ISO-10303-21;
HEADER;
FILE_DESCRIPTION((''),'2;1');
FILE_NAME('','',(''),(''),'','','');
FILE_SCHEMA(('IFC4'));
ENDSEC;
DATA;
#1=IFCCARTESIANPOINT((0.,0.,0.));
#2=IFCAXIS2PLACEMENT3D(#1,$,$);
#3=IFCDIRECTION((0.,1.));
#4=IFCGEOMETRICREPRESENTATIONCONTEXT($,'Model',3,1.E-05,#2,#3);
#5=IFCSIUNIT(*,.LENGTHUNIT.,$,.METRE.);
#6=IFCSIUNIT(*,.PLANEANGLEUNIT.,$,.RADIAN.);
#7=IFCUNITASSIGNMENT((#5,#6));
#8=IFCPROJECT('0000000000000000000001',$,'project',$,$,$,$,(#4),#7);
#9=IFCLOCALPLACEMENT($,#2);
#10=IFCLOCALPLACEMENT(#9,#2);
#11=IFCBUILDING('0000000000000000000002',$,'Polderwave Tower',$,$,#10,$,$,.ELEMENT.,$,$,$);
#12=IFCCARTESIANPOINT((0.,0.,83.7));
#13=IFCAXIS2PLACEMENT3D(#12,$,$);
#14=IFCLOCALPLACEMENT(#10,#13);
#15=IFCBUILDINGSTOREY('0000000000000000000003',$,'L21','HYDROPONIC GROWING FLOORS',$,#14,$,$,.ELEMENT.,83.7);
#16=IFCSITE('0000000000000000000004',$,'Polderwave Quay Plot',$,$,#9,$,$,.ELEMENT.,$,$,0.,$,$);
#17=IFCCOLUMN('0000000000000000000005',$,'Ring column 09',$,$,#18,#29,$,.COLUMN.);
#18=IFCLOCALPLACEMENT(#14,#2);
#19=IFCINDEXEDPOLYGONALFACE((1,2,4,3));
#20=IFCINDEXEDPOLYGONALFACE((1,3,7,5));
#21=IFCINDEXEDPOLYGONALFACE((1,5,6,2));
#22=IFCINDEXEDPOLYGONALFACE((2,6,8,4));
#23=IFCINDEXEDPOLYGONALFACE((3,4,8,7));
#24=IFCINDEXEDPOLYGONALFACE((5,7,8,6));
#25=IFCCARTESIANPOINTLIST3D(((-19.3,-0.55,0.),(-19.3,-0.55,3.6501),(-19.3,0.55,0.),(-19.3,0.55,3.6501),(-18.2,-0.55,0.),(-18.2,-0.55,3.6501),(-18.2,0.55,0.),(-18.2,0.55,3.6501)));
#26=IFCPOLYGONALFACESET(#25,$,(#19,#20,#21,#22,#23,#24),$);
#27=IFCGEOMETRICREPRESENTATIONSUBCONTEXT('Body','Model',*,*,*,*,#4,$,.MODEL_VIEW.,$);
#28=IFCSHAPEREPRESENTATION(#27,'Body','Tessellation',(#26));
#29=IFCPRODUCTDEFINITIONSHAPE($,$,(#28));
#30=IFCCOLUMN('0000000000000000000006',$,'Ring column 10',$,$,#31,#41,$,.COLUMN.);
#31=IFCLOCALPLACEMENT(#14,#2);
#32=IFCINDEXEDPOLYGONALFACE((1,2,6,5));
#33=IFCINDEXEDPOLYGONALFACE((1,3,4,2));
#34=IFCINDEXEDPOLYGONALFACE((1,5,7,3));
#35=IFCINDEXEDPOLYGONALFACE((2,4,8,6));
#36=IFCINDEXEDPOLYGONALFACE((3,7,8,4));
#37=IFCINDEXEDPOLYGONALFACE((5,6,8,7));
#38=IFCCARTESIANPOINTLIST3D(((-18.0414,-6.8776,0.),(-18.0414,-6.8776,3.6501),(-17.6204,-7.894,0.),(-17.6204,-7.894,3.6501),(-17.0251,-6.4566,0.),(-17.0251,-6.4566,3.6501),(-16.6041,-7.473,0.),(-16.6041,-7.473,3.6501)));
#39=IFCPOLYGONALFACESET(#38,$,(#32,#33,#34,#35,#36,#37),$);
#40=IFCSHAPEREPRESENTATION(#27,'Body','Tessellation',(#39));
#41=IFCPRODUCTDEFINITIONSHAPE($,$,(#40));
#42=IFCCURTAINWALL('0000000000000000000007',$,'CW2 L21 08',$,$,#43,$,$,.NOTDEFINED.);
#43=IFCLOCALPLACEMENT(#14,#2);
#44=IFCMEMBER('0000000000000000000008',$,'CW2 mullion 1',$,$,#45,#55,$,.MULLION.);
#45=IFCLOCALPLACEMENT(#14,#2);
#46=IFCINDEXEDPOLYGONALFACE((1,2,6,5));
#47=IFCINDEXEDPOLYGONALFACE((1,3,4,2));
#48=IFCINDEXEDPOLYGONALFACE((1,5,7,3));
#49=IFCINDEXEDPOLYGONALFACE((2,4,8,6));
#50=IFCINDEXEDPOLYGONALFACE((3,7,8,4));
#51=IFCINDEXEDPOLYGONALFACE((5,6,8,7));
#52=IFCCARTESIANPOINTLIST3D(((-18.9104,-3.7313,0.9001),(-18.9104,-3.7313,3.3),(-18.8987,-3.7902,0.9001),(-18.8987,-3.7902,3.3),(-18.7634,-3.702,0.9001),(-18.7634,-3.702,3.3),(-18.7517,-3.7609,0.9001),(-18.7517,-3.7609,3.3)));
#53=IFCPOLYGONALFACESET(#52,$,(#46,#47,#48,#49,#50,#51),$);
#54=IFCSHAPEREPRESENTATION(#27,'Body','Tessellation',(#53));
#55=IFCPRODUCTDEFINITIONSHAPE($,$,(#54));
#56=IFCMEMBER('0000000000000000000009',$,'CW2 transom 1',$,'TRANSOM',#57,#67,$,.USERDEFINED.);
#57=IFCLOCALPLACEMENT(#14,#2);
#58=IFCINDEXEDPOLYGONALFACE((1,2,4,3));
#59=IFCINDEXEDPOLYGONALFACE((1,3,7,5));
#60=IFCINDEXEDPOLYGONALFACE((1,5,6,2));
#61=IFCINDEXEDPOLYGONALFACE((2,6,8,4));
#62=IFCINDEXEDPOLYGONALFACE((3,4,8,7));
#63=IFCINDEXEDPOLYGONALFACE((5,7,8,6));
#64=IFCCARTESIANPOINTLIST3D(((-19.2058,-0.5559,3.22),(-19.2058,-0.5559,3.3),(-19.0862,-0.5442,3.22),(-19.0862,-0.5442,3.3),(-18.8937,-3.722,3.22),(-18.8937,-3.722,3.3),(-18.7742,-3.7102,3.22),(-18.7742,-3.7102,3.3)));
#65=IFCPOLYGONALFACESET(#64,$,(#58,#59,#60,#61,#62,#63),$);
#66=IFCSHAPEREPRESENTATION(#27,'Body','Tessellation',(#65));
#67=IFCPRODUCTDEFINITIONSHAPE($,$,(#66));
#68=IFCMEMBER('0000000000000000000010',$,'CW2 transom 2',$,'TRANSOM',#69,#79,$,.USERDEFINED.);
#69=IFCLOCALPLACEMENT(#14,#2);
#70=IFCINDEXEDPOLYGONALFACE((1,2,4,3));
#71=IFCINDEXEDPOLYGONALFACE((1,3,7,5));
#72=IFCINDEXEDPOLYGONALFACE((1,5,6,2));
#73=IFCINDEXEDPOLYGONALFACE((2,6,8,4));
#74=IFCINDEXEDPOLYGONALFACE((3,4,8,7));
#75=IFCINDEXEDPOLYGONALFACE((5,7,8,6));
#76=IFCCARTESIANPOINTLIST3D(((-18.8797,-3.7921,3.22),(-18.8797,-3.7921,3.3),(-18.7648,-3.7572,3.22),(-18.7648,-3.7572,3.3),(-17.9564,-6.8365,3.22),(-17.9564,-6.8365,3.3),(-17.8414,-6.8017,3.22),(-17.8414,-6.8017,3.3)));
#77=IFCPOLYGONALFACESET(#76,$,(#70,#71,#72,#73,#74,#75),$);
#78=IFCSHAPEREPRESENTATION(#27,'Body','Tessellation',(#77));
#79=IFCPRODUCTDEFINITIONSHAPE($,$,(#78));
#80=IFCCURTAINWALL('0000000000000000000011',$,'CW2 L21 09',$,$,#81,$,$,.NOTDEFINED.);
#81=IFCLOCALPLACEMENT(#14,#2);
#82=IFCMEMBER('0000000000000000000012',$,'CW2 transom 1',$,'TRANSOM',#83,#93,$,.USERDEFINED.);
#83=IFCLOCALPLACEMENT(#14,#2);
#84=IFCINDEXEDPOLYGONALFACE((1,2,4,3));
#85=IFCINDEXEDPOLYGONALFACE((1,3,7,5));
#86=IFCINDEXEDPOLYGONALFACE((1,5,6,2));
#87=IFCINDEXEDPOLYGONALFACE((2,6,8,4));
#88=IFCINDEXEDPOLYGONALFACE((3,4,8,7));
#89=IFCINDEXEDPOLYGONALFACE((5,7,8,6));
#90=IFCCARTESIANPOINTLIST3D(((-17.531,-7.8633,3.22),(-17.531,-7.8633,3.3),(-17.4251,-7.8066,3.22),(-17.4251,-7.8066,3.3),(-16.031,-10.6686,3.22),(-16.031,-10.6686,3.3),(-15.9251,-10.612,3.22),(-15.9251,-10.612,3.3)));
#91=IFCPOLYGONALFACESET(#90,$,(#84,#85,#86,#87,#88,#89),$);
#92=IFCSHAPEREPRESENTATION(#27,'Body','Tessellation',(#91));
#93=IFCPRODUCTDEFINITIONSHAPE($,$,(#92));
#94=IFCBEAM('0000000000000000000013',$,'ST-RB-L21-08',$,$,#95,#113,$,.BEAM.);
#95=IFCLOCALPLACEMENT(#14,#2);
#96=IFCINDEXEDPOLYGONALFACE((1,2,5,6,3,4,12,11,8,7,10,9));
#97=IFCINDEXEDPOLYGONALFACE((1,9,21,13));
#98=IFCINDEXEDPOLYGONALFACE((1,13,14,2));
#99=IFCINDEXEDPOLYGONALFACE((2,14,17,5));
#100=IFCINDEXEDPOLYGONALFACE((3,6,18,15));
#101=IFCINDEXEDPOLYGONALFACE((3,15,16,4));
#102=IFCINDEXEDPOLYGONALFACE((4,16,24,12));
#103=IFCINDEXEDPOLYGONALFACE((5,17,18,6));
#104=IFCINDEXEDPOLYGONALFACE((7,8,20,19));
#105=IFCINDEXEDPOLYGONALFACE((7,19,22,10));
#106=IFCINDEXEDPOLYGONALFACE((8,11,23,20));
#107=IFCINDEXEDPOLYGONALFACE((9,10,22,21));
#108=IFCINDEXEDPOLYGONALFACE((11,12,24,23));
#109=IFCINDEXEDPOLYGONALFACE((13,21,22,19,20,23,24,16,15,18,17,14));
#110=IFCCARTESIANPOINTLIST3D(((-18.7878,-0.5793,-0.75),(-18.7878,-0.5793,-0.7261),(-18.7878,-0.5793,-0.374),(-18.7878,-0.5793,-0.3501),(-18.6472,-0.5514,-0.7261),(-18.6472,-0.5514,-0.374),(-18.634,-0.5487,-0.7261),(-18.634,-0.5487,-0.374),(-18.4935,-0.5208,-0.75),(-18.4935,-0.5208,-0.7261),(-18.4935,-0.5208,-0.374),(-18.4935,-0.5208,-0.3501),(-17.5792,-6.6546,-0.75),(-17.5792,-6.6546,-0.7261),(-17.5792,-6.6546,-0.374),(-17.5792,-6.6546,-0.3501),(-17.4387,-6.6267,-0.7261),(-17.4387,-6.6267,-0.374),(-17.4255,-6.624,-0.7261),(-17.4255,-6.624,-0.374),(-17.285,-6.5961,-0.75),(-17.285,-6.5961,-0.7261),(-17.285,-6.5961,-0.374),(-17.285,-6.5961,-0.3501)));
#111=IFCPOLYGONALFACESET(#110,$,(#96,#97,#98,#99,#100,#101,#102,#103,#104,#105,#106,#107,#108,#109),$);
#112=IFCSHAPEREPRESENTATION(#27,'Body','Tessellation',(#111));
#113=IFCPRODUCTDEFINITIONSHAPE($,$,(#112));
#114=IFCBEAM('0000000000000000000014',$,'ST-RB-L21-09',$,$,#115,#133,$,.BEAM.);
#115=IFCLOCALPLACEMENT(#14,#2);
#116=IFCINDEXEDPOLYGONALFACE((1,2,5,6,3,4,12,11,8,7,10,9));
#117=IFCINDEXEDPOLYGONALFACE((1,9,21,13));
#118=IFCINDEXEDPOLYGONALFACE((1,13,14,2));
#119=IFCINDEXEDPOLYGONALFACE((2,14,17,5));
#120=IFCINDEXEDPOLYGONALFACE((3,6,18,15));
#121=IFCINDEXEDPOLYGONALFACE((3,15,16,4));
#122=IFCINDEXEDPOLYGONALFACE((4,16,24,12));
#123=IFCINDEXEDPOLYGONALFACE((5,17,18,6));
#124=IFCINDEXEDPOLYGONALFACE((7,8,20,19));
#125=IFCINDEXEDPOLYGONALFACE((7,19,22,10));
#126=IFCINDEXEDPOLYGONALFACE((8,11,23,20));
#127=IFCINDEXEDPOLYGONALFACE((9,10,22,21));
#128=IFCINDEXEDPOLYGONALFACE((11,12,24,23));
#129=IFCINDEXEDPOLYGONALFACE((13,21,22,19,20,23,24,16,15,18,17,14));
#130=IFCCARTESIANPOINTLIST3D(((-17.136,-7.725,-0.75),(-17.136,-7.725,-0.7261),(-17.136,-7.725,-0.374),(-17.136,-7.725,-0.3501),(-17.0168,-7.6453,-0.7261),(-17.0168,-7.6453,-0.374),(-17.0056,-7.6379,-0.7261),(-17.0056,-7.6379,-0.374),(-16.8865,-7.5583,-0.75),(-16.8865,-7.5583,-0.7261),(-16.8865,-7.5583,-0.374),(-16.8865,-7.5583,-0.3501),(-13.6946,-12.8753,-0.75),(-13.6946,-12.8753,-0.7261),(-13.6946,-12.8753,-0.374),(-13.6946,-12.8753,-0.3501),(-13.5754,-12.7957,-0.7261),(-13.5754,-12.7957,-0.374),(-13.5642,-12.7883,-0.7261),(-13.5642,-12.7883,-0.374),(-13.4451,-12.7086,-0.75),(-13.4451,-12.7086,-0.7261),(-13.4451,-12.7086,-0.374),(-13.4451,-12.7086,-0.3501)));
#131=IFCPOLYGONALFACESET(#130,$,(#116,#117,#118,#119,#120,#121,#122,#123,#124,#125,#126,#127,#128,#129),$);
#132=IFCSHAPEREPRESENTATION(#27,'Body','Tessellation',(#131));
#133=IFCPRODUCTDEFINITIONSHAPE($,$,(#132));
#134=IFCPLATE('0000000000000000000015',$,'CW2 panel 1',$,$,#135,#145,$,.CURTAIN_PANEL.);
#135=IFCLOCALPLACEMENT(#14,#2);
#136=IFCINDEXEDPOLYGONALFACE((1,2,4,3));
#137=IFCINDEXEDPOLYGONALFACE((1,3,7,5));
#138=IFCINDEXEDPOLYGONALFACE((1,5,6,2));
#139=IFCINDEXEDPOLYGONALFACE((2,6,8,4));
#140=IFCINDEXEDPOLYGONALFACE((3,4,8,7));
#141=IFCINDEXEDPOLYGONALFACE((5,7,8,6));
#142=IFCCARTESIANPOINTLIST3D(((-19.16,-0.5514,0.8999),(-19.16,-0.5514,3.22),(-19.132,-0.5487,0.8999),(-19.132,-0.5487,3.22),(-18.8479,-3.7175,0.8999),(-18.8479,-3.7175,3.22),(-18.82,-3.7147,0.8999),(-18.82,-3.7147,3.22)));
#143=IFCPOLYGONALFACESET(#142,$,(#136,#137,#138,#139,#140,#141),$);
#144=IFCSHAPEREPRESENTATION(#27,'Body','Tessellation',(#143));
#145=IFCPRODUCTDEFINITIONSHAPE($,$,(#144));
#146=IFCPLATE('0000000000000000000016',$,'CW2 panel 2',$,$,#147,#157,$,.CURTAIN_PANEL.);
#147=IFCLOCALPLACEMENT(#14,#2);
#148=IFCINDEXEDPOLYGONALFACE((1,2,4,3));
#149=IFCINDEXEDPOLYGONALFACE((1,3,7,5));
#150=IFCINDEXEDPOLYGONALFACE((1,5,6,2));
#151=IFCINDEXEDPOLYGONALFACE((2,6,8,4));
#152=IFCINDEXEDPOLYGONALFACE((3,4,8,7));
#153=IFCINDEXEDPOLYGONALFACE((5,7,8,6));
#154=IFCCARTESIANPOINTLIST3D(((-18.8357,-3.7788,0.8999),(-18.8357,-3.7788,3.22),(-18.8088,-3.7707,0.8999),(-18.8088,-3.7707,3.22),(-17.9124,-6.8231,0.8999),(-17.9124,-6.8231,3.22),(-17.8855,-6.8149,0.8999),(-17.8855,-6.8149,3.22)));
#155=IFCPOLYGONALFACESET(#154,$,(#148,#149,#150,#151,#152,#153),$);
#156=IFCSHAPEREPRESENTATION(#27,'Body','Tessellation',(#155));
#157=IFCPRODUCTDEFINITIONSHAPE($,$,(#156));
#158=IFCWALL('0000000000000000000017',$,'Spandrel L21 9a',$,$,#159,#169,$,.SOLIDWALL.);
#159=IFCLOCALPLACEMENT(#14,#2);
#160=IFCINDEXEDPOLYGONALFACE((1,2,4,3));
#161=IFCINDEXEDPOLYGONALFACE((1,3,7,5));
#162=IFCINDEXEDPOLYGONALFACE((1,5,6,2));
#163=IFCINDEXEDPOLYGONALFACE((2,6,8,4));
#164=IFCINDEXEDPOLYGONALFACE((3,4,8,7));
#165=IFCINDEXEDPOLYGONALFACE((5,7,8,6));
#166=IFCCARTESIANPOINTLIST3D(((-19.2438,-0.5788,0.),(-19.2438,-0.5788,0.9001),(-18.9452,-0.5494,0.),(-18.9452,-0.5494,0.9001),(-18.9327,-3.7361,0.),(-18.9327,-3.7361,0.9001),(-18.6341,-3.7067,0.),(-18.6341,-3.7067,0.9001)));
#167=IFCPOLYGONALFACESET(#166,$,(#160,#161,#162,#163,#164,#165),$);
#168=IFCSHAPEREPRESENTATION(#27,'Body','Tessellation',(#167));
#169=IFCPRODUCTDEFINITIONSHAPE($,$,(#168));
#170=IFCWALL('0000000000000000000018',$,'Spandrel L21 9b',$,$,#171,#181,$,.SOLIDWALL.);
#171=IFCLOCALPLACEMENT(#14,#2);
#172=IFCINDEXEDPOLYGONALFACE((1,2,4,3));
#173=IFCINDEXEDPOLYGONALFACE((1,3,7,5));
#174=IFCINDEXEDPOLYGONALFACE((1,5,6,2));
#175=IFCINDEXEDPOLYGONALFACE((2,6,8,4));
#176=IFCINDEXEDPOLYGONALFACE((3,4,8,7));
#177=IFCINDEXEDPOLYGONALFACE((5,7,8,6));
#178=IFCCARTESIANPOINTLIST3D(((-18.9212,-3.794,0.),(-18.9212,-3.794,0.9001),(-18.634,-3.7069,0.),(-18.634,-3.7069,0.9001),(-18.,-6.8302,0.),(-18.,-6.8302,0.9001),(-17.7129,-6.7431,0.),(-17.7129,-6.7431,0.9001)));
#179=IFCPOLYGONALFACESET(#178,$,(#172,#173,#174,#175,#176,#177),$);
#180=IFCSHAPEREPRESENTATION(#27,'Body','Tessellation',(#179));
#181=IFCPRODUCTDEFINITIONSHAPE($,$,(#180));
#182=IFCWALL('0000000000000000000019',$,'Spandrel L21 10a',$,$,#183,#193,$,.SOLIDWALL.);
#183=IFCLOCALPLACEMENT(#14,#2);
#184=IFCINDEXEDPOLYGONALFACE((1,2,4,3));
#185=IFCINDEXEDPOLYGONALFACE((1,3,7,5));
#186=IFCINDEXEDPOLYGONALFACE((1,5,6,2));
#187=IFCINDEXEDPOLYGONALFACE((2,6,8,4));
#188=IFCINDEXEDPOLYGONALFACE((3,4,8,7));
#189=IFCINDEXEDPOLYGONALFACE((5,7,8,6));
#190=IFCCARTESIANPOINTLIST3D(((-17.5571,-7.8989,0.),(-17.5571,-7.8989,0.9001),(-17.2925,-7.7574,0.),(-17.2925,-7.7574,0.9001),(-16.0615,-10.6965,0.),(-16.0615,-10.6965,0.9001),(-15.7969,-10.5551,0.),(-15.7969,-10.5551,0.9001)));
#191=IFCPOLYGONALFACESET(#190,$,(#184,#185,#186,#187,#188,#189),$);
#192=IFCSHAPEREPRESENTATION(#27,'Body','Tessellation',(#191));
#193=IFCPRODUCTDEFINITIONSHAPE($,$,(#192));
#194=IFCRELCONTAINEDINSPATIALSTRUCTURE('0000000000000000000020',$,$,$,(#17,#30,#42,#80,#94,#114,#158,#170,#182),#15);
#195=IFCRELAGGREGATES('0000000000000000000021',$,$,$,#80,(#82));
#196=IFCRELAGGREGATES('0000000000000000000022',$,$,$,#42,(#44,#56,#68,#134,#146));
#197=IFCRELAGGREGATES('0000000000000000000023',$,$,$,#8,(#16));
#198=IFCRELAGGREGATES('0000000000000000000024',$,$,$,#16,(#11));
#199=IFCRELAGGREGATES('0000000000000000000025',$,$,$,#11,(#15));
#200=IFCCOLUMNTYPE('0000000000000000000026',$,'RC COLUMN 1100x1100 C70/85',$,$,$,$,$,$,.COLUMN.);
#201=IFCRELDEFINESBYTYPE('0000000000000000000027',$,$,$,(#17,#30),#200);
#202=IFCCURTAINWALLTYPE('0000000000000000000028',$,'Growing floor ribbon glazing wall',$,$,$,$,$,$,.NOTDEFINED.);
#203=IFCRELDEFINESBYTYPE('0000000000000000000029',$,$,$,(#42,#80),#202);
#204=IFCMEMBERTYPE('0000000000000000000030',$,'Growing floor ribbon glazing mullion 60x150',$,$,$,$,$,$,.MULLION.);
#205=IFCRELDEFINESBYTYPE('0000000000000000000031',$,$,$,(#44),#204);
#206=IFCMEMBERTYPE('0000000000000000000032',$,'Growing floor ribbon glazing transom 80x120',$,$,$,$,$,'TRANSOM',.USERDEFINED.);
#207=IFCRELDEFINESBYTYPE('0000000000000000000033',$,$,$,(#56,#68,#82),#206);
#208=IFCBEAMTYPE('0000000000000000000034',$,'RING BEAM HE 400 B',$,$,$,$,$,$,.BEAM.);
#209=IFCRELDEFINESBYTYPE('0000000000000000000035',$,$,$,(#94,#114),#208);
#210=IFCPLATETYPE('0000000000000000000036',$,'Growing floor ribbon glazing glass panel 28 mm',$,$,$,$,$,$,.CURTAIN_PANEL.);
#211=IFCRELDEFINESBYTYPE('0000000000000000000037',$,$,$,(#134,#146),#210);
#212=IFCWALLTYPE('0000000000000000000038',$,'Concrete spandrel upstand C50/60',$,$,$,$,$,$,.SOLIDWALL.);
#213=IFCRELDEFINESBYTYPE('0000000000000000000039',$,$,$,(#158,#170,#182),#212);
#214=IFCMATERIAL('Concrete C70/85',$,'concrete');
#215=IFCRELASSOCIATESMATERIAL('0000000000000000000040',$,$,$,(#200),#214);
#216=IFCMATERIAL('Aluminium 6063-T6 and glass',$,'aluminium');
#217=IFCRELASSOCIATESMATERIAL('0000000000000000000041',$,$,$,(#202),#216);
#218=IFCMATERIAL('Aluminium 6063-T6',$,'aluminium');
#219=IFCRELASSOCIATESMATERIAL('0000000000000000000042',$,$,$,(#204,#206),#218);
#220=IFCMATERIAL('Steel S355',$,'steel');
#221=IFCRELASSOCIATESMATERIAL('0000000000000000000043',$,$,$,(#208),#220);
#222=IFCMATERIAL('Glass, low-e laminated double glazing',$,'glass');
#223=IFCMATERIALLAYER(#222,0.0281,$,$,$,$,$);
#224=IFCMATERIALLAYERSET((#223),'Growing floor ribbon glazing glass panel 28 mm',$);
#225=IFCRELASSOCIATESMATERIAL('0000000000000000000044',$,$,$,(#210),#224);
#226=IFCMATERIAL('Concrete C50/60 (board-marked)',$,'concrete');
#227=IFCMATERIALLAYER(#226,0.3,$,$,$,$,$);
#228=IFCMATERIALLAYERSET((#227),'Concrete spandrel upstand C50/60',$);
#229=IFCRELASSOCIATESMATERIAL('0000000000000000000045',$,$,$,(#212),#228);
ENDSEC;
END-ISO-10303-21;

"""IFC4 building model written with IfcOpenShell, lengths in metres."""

from ifc_helpers import new_model, si_unit, direction, frame, frame_2d, origin, origin_2d, place, context, subcontext, project, spatial, rectangle, i_section, extrude, material, layer, layer_set, material_profile, profile_set, type_object, element, aggregate, save


model = new_model("IFC4")

# Units and contexts
model_context = context("Model", 3, precision=1e-05, world=origin(), true_north=direction((0.0, 1.0)))
body_context = subcontext(model_context, "Body", "Model", "MODEL_VIEW")
ifc_project = project(units=[si_unit("LENGTHUNIT", "METRE"), si_unit("PLANEANGLEUNIT", "RADIAN")], contexts=[model_context])

# Site, building, storey
site_placement = place(None, origin())
site = spatial("IfcSite", under=ifc_project, at=site_placement, Name="Polderwave Quay Plot", CompositionType="ELEMENT", RefElevation=0.0)
building_placement = place(site_placement, origin())
building = spatial("IfcBuilding", under=site, at=building_placement, Name="Polderwave Tower", CompositionType="ELEMENT")
storey_placement = place(building_placement, frame((0.0, 0.0, 83.7)))
storey = spatial("IfcBuildingStorey", under=building, at=storey_placement, Name="L21", Description="HYDROPONIC GROWING FLOORS", CompositionType="ELEMENT", Elevation=83.7)

# Columns
ifc_material_1 = material(Name="Concrete C70/85", Category="concrete")
ifc_material_profile_1 = material_profile(ifc_material_1, rectangle(XDim=1.1001, YDim=1.1001, at=origin_2d()), Name="RC 1100x1100")
ifc_profile_set_1 = profile_set([ifc_material_profile_1], Name="Concrete C70/85")
column_type = type_object("IfcColumnType", Name="RC COLUMN 1100x1100 C70/85", PredefinedType="COLUMN", material=ifc_profile_set_1)
for number, where, z_axis, x_axis, name in (
    (1, (-18.75, 0.0, 0.0), (0.0, 0.0, 1.0), (-1.0, 0.0, 0.0), "Ring column 09"),
    (2, (-17.3228, -7.1753, 0.0), (0.0, 0.0, 1.0), (-0.92388, -0.382683, 0.0), "Ring column 10"),
):
    element("IfcColumn", number, at=place(storey_placement, frame(where, z_axis=z_axis, x_axis=x_axis)), inside=storey, type_object=column_type, Name=name, PredefinedType="COLUMN", context=body_context, shape_type="SweptSolid", body=[
        extrude(rectangle(XDim=1.1001, YDim=1.1001, at=origin_2d()), origin(), (0.0, 0.0, 1.0), 3.6501),
    ])

# Curtain wall, members
ifc_material_2 = material(Name="Aluminium 6063-T6 and glass", Category="aluminium")
curtain_wall_type = type_object("IfcCurtainWallType", Name="Growing floor ribbon glazing wall", PredefinedType="NOTDEFINED", material=ifc_material_2)
curtain_wall_1_placement = place(storey_placement, origin())
curtain_wall_1 = element("IfcCurtainWall", 3, at=curtain_wall_1_placement, inside=storey, type_object=curtain_wall_type, Name="CW2 L21 08", PredefinedType="NOTDEFINED")
ifc_material_3 = material(Name="Aluminium 6063-T6", Category="aluminium")
ifc_material_profile_2 = material_profile(ifc_material_3, rectangle(XDim=0.1499, YDim=0.0601, at=origin_2d()), Name="AL 60x150")
ifc_profile_set_2 = profile_set([ifc_material_profile_2], Name="Aluminium 6063-T6")
member_type_1 = type_object("IfcMemberType", Name="Growing floor ribbon glazing mullion 60x150", PredefinedType="MULLION", material=ifc_profile_set_2)
member_1_placement = place(storey_placement, frame((-18.8311, -3.7461, 0.9001), z_axis=(0.0, 0.0, 1.0), x_axis=(0.980784, 0.195097, 0.0)))
member_1 = element("IfcMember", 4, at=member_1_placement, type_object=member_type_1, Name="CW2 mullion 1", PredefinedType="MULLION", context=body_context, shape_type="SweptSolid", body=[
    extrude(rectangle(XDim=0.1499, YDim=0.0601, at=origin_2d()), origin(), (0.0, 0.0, 1.0), 2.3999),
])
ifc_material_profile_3 = material_profile(ifc_material_3, rectangle(XDim=0.1201, YDim=0.0801, at=origin_2d()), Name="AL 80x120")
ifc_profile_set_3 = profile_set([ifc_material_profile_3], Name="Aluminium 6063-T6")
member_type_2 = type_object("IfcMemberType", Name="Growing floor ribbon glazing transom 80x120", ElementType="TRANSOM", PredefinedType="USERDEFINED", material=ifc_profile_set_3)
member_2_placement = place(storey_placement, frame((-19.146, -0.55, 3.26), z_axis=(0.098075, -0.995179, 0.0), x_axis=(0.995179, 0.098075, 0.0)))
member_2 = element("IfcMember", 5, at=member_2_placement, type_object=member_type_2, Name="CW2 transom 1", ObjectType="TRANSOM", PredefinedType="USERDEFINED", context=body_context, shape_type="SweptSolid", body=[
    extrude(rectangle(XDim=0.1201, YDim=0.0801, at=origin_2d()), origin(), (0.0, 0.0, 1.0), 3.1814),
])
member_3_placement = place(storey_placement, frame((-18.8223, -3.7747, 3.26), z_axis=(0.290233, -0.956956, 0.0), x_axis=(0.956956, 0.290233, 0.0)))
member_3 = element("IfcMember", 6, at=member_3_placement, type_object=member_type_2, Name="CW2 transom 2", ObjectType="TRANSOM", PredefinedType="USERDEFINED", context=body_context, shape_type="SweptSolid", body=[
    extrude(rectangle(XDim=0.1201, YDim=0.0801, at=origin_2d()), origin(), (0.0, 0.0, 1.0), 3.1814),
])

# Curtain wall, member
curtain_wall_2_placement = place(storey_placement, origin())
curtain_wall_2 = element("IfcCurtainWall", 7, at=curtain_wall_2_placement, inside=storey, type_object=curtain_wall_type, Name="CW2 L21 09", PredefinedType="NOTDEFINED")
member_4_placement = place(storey_placement, frame((-17.478, -7.835, 3.26), z_axis=(0.471512, -0.88186, 0.0), x_axis=(0.88186, 0.471512, 0.0)))
member_4 = element("IfcMember", 8, at=member_4_placement, type_object=member_type_2, Name="CW2 transom 1", ObjectType="TRANSOM", PredefinedType="USERDEFINED", context=body_context, shape_type="SweptSolid", body=[
    extrude(rectangle(XDim=0.1201, YDim=0.0801, at=origin_2d()), origin(), (0.0, 0.0, 1.0), 3.1812),
])
aggregate(curtain_wall_2, [member_4])

# Beams
ifc_material_4 = material(Name="Steel S355", Category="steel")
ifc_material_profile_4 = material_profile(ifc_material_4, i_section(OverallWidth=0.3, OverallDepth=0.3999, WebThickness=0.0134, FlangeThickness=0.0239, at=origin_2d()), Name="HE 400 B")
ifc_profile_set_4 = profile_set([ifc_material_profile_4], Name="Steel S355")
beam_type = type_object("IfcBeamType", Name="RING BEAM HE 400 B", PredefinedType="BEAM", material=ifc_profile_set_4)
for number, where, z_axis, x_axis, name in (
    (9, (-18.6406, -0.55, -0.55), (0.1951, -0.980783, 0.0), (0.980783, 0.1951, 0.0), "ST-RB-L21-08"),
    (10, (-17.0112, -7.6416, -0.55), (0.555573, -0.831468, 0.0), (0.831468, 0.555573, 0.0), "ST-RB-L21-09"),
):
    element("IfcBeam", number, at=place(storey_placement, frame(where, z_axis=z_axis, x_axis=x_axis)), inside=storey, type_object=beam_type, Name=name, PredefinedType="BEAM", context=body_context, shape_type="SweptSolid", body=[
        extrude(i_section(OverallWidth=0.3, OverallDepth=0.3999, WebThickness=0.0134, FlangeThickness=0.0239, at=origin_2d()), origin(), (0.0, 0.0, 1.0), 6.1943),
    ])

# Plates
ifc_material_5 = material(Name="Glass, low-e laminated double glazing", Category="glass")
ifc_layer_1 = layer(ifc_material_5, 0.0281)
ifc_layer_set_1 = layer_set([ifc_layer_1], Name="Growing floor ribbon glazing glass panel 28 mm")
plate_type = type_object("IfcPlateType", Name="Growing floor ribbon glazing glass panel 28 mm", PredefinedType="CURTAIN_PANEL", material=ifc_layer_set_1)
plate_1_placement = place(storey_placement, frame((-18.99, -2.1331, 0.8999), z_axis=(0.0, 0.0, 1.0), x_axis=(0.098085, -0.995178, 0.0)))
plate_1 = element("IfcPlate", 11, at=plate_1_placement, type_object=plate_type, Name="CW2 panel 1", PredefinedType="CURTAIN_PANEL", context=body_context, shape_type="SweptSolid", body=[
    extrude(rectangle(XDim=3.1814, YDim=0.0281, at=origin_2d()), origin(), (0.0, 0.0, 1.0), 2.3201),
])
plate_2_placement = place(storey_placement, frame((-18.3606, -5.2969, 0.8999), z_axis=(0.0, 0.0, 1.0), x_axis=(0.290233, -0.956956, 0.0)))
plate_2 = element("IfcPlate", 12, at=plate_2_placement, type_object=plate_type, Name="CW2 panel 2", PredefinedType="CURTAIN_PANEL", context=body_context, shape_type="SweptSolid", body=[
    extrude(rectangle(XDim=3.1812, YDim=0.0281, at=origin_2d()), origin(), (0.0, 0.0, 1.0), 2.3201),
])
aggregate(curtain_wall_1, [member_1, member_2, member_3, plate_1, plate_2])

# Walls
ifc_material_6 = material(Name="Concrete C50/60 (board-marked)", Category="concrete")
ifc_layer_2 = layer(ifc_material_6, 0.3)
ifc_layer_set_2 = layer_set([ifc_layer_2], Name="Concrete spandrel upstand C50/60")
wall_type_1 = type_object("IfcWallType", Name="Concrete spandrel upstand C50/60", PredefinedType="SOLIDWALL", material=ifc_layer_set_2)
wall_1_placement = place(storey_placement, frame((-19.0945, -0.564, 0.0), z_axis=(0.0, 0.0, 1.0), x_axis=(0.098041, -0.995182, 0.0)))
element("IfcWall", 13, at=wall_1_placement, inside=storey, type_object=wall_type_1, Name="Spandrel L21 9a", PredefinedType="SOLIDWALL", context=body_context, shape_type="SweptSolid", body=[
    extrude(rectangle(XDim=3.1726, YDim=0.3, at=frame_2d((1.5864, 0.0))), origin(), (0.0, 0.0, 1.0), 0.9001),
])
wall_2_placement = place(storey_placement, frame((-18.7776, -3.7505, 0.0), z_axis=(0.0, 0.0, 1.0), x_axis=(0.290326, -0.956928, 0.0)))
element("IfcWall", 14, at=wall_2_placement, inside=storey, type_object=wall_type_1, Name="Spandrel L21 9b", PredefinedType="SOLIDWALL", context=body_context, shape_type="SweptSolid", body=[
    extrude(rectangle(XDim=3.1729, YDim=0.3, at=frame_2d((1.5864, 0.0))), origin(), (0.0, 0.0, 1.0), 0.9001),
])
wall_3_placement = place(storey_placement, frame((-17.4248, -7.8281, 0.0), z_axis=(0.0, 0.0, 1.0), x_axis=(0.471459, -0.881888, 0.0)))
element("IfcWall", 15, at=wall_3_placement, inside=storey, type_object=wall_type_1, Name="Spandrel L21 10a", PredefinedType="SOLIDWALL", context=body_context, shape_type="SweptSolid", body=[
    extrude(rectangle(XDim=3.1724, YDim=0.3, at=frame_2d((1.5862, 0.0))), origin(), (0.0, 0.0, 1.0), 0.9001),
])

save(model, "model.ifc")
